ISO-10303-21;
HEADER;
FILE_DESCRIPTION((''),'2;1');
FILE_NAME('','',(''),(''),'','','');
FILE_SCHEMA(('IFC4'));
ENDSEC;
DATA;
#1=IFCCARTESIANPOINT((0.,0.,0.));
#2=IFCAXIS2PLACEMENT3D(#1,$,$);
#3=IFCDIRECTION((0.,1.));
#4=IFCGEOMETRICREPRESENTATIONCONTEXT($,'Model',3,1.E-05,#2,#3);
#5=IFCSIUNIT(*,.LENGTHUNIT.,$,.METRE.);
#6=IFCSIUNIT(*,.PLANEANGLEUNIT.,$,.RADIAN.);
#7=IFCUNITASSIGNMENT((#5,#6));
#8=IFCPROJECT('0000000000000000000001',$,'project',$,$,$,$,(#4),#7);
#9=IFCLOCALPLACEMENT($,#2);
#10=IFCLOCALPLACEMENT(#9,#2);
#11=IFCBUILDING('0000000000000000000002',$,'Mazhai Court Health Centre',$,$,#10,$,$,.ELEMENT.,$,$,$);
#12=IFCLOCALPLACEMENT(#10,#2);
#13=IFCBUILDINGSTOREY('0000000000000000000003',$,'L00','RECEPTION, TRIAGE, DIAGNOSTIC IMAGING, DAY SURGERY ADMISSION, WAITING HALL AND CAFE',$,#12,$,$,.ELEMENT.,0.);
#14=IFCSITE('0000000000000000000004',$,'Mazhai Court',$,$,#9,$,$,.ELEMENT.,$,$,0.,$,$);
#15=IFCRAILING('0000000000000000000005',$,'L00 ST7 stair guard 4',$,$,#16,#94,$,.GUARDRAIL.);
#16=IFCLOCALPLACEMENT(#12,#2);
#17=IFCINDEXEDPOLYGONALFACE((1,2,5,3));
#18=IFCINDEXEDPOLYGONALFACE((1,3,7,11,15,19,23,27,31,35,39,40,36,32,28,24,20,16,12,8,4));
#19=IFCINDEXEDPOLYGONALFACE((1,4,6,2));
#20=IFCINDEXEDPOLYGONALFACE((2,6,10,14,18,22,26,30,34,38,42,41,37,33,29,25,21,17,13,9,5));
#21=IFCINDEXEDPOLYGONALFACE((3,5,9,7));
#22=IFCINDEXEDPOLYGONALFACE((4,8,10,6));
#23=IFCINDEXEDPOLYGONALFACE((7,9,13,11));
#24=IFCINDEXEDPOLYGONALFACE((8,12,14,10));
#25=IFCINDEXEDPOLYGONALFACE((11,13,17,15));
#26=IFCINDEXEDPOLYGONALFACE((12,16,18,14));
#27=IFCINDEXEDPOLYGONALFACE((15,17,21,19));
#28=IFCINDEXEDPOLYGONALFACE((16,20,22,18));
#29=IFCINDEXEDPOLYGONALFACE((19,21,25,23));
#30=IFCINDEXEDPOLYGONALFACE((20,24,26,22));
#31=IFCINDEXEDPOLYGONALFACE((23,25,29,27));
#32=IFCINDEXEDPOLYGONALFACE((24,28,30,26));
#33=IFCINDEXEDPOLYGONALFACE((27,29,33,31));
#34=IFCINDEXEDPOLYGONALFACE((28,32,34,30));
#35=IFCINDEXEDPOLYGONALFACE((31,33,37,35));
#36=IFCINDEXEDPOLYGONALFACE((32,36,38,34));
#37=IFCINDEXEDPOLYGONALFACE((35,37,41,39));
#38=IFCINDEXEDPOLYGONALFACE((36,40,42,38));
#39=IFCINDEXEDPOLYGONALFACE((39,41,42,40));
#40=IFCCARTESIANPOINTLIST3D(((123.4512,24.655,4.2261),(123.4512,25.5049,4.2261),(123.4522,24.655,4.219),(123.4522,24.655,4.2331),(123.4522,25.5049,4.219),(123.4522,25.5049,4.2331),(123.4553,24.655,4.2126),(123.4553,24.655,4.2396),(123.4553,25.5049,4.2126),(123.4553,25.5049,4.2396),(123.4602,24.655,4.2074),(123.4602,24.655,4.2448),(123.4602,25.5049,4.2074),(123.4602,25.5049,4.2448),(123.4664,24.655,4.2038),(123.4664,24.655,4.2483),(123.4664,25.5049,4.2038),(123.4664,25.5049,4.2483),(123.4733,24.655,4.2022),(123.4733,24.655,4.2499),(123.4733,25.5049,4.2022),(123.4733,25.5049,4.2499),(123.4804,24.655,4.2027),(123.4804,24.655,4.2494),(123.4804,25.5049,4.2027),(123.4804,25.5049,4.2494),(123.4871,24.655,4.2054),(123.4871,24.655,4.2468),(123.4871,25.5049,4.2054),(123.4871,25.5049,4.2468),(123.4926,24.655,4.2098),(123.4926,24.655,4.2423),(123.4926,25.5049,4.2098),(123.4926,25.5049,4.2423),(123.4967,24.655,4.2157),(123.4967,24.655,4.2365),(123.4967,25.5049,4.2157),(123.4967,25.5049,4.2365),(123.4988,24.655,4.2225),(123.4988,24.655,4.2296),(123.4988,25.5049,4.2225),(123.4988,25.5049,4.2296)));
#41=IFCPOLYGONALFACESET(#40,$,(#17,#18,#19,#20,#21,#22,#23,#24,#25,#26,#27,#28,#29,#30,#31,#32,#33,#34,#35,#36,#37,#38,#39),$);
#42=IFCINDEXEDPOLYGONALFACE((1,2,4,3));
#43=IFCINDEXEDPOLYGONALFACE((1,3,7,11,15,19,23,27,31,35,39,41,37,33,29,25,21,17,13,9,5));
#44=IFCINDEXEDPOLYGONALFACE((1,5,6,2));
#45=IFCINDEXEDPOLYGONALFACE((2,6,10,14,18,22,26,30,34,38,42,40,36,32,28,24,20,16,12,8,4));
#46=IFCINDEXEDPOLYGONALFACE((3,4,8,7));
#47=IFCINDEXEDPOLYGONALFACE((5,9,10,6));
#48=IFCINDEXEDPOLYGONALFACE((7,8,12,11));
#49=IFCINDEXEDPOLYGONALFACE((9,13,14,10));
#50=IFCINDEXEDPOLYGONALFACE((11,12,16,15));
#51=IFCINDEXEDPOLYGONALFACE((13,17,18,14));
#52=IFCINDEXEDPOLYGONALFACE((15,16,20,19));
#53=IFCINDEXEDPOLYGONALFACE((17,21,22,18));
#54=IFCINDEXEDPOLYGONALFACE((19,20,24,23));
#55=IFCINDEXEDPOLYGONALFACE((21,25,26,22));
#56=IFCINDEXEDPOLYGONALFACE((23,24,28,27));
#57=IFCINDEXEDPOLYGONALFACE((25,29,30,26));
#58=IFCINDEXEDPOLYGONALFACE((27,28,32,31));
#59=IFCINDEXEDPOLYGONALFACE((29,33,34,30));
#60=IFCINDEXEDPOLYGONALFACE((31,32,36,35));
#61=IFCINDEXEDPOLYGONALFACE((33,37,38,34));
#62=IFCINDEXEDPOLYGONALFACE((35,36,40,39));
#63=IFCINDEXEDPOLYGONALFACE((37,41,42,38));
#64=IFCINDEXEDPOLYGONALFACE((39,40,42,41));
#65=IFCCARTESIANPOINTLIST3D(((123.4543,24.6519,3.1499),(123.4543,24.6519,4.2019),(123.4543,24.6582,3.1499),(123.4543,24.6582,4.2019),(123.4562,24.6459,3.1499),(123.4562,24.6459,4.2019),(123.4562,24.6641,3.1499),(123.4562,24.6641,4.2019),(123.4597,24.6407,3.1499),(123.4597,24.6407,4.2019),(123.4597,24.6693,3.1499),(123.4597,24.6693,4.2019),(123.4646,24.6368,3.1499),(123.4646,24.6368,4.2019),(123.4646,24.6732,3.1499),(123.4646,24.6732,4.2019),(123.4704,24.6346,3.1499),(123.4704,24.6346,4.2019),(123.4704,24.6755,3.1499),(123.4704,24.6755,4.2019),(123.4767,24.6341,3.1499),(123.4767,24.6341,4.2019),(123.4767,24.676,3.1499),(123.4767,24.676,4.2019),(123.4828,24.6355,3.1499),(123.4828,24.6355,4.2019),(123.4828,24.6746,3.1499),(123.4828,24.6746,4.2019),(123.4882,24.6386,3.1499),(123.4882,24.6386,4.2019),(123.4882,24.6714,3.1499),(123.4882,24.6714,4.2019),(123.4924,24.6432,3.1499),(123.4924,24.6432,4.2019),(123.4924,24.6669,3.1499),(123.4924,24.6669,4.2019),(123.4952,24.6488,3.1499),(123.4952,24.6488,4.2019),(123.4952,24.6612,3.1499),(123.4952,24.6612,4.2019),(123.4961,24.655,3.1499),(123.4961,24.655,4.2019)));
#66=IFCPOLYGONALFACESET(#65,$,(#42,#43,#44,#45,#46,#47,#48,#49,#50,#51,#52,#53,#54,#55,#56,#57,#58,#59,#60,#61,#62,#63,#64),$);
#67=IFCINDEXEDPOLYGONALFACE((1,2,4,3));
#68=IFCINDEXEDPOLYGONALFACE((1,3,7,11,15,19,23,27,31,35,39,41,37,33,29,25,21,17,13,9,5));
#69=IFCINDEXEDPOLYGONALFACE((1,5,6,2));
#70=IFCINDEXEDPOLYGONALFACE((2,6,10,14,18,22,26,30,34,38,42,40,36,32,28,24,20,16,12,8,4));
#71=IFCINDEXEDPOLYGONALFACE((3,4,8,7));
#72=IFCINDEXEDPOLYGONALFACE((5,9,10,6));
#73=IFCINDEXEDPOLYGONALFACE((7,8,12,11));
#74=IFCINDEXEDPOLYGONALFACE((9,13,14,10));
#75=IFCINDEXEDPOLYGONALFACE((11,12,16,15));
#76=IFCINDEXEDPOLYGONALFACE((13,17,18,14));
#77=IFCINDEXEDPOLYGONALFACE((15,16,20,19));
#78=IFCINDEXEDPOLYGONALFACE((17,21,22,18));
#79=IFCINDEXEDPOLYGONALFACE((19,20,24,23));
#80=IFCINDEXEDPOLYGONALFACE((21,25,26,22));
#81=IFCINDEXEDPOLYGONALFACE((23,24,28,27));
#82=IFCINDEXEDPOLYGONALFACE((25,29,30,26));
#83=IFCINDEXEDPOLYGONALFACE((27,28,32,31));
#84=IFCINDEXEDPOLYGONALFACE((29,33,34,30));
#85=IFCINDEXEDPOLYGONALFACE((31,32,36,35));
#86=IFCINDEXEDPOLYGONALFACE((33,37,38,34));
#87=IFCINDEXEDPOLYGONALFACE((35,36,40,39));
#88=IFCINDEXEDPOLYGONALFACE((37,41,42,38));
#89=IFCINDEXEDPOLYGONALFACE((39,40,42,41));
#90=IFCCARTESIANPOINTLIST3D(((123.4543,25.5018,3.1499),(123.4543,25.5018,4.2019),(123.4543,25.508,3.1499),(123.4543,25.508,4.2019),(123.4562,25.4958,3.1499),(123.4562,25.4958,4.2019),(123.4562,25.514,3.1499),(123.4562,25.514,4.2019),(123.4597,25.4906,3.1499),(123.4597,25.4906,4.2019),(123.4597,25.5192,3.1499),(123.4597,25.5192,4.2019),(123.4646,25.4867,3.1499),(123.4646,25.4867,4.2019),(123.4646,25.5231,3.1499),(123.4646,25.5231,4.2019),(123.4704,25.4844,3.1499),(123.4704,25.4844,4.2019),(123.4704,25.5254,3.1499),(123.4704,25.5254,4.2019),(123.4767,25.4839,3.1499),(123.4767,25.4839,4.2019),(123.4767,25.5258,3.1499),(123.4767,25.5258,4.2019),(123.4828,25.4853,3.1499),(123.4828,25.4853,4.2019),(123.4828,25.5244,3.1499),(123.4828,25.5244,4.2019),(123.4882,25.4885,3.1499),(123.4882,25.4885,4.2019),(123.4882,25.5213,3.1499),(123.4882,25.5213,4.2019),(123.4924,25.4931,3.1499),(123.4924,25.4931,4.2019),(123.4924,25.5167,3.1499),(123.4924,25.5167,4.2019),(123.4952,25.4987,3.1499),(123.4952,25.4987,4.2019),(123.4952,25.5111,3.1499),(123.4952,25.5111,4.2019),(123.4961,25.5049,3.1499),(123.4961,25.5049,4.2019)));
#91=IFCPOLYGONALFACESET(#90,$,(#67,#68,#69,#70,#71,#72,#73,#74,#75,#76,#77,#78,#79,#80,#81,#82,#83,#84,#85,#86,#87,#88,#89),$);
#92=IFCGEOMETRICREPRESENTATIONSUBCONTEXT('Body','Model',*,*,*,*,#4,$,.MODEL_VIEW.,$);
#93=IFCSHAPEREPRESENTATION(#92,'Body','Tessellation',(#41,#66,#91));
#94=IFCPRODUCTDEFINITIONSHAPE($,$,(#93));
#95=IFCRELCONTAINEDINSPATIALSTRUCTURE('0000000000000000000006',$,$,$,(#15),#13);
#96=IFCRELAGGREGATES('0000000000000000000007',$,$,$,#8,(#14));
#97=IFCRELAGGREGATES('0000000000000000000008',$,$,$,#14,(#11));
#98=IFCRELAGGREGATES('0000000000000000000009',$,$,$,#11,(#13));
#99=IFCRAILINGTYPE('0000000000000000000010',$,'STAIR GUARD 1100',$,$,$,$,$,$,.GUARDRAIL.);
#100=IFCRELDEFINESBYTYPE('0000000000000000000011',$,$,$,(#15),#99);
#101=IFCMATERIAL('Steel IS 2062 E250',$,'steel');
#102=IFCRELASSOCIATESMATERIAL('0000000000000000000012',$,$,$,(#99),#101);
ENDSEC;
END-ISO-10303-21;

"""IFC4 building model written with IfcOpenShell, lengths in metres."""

from ifc_helpers import new_model, si_unit, direction, frame, origin, origin_2d, place, context, subcontext, project, spatial, circle, extrude, material, type_object, element, save


model = new_model("IFC4")

# Units and contexts
model_context = context("Model", 3, precision=1e-05, world=origin(), true_north=direction((0.0, 1.0)))
body_context = subcontext(model_context, "Body", "Model", "MODEL_VIEW")
ifc_project = project(units=[si_unit("LENGTHUNIT", "METRE"), si_unit("PLANEANGLEUNIT", "RADIAN")], contexts=[model_context])

# Site, building, storey
site_placement = place(None, origin())
site = spatial("IfcSite", under=ifc_project, at=site_placement, Name="Mazhai Court", CompositionType="ELEMENT", RefElevation=0.0)
building_placement = place(site_placement, origin())
building = spatial("IfcBuilding", under=site, at=building_placement, Name="Mazhai Court Health Centre", CompositionType="ELEMENT")
storey_placement = place(building_placement, origin())
storey = spatial("IfcBuildingStorey", under=building, at=storey_placement, Name="L00", Description="RECEPTION, TRIAGE, DIAGNOSTIC IMAGING, DAY SURGERY ADMISSION, WAITING HALL AND CAFE", CompositionType="ELEMENT", Elevation=0.0)

# Railing
ifc_material_1 = material(Name="Steel IS 2062 E250", Category="steel")
railing_type_1 = type_object("IfcRailingType", Name="STAIR GUARD 1100", PredefinedType="GUARDRAIL", material=ifc_material_1)
railing_1_placement = place(storey_placement, frame((123.4751, 24.655, 3.1499)))
element("IfcRailing", 1, at=railing_1_placement, inside=storey, type_object=railing_type_1, Name="L00 ST7 stair guard 4", PredefinedType="GUARDRAIL", context=body_context, shape_type="SweptSolid", body=[
    extrude(circle(Radius=0.0239, at=origin_2d()), frame((0.0, 0.0, 1.0762), z_axis=(0.0, 1.0, 0.0), x_axis=(-1.0, 0.0, 0.0)), (0.0, 0.0, 1.0), 0.8499),
    extrude(circle(Radius=0.021, at=origin_2d()), origin(), (0.0, 0.0, 1.0), 1.052),
    extrude(circle(Radius=0.021, at=origin_2d()), frame((0.0, 0.8499, 0.0)), (0.0, 0.0, 1.0), 1.052),
])

save(model, "model.ifc")
